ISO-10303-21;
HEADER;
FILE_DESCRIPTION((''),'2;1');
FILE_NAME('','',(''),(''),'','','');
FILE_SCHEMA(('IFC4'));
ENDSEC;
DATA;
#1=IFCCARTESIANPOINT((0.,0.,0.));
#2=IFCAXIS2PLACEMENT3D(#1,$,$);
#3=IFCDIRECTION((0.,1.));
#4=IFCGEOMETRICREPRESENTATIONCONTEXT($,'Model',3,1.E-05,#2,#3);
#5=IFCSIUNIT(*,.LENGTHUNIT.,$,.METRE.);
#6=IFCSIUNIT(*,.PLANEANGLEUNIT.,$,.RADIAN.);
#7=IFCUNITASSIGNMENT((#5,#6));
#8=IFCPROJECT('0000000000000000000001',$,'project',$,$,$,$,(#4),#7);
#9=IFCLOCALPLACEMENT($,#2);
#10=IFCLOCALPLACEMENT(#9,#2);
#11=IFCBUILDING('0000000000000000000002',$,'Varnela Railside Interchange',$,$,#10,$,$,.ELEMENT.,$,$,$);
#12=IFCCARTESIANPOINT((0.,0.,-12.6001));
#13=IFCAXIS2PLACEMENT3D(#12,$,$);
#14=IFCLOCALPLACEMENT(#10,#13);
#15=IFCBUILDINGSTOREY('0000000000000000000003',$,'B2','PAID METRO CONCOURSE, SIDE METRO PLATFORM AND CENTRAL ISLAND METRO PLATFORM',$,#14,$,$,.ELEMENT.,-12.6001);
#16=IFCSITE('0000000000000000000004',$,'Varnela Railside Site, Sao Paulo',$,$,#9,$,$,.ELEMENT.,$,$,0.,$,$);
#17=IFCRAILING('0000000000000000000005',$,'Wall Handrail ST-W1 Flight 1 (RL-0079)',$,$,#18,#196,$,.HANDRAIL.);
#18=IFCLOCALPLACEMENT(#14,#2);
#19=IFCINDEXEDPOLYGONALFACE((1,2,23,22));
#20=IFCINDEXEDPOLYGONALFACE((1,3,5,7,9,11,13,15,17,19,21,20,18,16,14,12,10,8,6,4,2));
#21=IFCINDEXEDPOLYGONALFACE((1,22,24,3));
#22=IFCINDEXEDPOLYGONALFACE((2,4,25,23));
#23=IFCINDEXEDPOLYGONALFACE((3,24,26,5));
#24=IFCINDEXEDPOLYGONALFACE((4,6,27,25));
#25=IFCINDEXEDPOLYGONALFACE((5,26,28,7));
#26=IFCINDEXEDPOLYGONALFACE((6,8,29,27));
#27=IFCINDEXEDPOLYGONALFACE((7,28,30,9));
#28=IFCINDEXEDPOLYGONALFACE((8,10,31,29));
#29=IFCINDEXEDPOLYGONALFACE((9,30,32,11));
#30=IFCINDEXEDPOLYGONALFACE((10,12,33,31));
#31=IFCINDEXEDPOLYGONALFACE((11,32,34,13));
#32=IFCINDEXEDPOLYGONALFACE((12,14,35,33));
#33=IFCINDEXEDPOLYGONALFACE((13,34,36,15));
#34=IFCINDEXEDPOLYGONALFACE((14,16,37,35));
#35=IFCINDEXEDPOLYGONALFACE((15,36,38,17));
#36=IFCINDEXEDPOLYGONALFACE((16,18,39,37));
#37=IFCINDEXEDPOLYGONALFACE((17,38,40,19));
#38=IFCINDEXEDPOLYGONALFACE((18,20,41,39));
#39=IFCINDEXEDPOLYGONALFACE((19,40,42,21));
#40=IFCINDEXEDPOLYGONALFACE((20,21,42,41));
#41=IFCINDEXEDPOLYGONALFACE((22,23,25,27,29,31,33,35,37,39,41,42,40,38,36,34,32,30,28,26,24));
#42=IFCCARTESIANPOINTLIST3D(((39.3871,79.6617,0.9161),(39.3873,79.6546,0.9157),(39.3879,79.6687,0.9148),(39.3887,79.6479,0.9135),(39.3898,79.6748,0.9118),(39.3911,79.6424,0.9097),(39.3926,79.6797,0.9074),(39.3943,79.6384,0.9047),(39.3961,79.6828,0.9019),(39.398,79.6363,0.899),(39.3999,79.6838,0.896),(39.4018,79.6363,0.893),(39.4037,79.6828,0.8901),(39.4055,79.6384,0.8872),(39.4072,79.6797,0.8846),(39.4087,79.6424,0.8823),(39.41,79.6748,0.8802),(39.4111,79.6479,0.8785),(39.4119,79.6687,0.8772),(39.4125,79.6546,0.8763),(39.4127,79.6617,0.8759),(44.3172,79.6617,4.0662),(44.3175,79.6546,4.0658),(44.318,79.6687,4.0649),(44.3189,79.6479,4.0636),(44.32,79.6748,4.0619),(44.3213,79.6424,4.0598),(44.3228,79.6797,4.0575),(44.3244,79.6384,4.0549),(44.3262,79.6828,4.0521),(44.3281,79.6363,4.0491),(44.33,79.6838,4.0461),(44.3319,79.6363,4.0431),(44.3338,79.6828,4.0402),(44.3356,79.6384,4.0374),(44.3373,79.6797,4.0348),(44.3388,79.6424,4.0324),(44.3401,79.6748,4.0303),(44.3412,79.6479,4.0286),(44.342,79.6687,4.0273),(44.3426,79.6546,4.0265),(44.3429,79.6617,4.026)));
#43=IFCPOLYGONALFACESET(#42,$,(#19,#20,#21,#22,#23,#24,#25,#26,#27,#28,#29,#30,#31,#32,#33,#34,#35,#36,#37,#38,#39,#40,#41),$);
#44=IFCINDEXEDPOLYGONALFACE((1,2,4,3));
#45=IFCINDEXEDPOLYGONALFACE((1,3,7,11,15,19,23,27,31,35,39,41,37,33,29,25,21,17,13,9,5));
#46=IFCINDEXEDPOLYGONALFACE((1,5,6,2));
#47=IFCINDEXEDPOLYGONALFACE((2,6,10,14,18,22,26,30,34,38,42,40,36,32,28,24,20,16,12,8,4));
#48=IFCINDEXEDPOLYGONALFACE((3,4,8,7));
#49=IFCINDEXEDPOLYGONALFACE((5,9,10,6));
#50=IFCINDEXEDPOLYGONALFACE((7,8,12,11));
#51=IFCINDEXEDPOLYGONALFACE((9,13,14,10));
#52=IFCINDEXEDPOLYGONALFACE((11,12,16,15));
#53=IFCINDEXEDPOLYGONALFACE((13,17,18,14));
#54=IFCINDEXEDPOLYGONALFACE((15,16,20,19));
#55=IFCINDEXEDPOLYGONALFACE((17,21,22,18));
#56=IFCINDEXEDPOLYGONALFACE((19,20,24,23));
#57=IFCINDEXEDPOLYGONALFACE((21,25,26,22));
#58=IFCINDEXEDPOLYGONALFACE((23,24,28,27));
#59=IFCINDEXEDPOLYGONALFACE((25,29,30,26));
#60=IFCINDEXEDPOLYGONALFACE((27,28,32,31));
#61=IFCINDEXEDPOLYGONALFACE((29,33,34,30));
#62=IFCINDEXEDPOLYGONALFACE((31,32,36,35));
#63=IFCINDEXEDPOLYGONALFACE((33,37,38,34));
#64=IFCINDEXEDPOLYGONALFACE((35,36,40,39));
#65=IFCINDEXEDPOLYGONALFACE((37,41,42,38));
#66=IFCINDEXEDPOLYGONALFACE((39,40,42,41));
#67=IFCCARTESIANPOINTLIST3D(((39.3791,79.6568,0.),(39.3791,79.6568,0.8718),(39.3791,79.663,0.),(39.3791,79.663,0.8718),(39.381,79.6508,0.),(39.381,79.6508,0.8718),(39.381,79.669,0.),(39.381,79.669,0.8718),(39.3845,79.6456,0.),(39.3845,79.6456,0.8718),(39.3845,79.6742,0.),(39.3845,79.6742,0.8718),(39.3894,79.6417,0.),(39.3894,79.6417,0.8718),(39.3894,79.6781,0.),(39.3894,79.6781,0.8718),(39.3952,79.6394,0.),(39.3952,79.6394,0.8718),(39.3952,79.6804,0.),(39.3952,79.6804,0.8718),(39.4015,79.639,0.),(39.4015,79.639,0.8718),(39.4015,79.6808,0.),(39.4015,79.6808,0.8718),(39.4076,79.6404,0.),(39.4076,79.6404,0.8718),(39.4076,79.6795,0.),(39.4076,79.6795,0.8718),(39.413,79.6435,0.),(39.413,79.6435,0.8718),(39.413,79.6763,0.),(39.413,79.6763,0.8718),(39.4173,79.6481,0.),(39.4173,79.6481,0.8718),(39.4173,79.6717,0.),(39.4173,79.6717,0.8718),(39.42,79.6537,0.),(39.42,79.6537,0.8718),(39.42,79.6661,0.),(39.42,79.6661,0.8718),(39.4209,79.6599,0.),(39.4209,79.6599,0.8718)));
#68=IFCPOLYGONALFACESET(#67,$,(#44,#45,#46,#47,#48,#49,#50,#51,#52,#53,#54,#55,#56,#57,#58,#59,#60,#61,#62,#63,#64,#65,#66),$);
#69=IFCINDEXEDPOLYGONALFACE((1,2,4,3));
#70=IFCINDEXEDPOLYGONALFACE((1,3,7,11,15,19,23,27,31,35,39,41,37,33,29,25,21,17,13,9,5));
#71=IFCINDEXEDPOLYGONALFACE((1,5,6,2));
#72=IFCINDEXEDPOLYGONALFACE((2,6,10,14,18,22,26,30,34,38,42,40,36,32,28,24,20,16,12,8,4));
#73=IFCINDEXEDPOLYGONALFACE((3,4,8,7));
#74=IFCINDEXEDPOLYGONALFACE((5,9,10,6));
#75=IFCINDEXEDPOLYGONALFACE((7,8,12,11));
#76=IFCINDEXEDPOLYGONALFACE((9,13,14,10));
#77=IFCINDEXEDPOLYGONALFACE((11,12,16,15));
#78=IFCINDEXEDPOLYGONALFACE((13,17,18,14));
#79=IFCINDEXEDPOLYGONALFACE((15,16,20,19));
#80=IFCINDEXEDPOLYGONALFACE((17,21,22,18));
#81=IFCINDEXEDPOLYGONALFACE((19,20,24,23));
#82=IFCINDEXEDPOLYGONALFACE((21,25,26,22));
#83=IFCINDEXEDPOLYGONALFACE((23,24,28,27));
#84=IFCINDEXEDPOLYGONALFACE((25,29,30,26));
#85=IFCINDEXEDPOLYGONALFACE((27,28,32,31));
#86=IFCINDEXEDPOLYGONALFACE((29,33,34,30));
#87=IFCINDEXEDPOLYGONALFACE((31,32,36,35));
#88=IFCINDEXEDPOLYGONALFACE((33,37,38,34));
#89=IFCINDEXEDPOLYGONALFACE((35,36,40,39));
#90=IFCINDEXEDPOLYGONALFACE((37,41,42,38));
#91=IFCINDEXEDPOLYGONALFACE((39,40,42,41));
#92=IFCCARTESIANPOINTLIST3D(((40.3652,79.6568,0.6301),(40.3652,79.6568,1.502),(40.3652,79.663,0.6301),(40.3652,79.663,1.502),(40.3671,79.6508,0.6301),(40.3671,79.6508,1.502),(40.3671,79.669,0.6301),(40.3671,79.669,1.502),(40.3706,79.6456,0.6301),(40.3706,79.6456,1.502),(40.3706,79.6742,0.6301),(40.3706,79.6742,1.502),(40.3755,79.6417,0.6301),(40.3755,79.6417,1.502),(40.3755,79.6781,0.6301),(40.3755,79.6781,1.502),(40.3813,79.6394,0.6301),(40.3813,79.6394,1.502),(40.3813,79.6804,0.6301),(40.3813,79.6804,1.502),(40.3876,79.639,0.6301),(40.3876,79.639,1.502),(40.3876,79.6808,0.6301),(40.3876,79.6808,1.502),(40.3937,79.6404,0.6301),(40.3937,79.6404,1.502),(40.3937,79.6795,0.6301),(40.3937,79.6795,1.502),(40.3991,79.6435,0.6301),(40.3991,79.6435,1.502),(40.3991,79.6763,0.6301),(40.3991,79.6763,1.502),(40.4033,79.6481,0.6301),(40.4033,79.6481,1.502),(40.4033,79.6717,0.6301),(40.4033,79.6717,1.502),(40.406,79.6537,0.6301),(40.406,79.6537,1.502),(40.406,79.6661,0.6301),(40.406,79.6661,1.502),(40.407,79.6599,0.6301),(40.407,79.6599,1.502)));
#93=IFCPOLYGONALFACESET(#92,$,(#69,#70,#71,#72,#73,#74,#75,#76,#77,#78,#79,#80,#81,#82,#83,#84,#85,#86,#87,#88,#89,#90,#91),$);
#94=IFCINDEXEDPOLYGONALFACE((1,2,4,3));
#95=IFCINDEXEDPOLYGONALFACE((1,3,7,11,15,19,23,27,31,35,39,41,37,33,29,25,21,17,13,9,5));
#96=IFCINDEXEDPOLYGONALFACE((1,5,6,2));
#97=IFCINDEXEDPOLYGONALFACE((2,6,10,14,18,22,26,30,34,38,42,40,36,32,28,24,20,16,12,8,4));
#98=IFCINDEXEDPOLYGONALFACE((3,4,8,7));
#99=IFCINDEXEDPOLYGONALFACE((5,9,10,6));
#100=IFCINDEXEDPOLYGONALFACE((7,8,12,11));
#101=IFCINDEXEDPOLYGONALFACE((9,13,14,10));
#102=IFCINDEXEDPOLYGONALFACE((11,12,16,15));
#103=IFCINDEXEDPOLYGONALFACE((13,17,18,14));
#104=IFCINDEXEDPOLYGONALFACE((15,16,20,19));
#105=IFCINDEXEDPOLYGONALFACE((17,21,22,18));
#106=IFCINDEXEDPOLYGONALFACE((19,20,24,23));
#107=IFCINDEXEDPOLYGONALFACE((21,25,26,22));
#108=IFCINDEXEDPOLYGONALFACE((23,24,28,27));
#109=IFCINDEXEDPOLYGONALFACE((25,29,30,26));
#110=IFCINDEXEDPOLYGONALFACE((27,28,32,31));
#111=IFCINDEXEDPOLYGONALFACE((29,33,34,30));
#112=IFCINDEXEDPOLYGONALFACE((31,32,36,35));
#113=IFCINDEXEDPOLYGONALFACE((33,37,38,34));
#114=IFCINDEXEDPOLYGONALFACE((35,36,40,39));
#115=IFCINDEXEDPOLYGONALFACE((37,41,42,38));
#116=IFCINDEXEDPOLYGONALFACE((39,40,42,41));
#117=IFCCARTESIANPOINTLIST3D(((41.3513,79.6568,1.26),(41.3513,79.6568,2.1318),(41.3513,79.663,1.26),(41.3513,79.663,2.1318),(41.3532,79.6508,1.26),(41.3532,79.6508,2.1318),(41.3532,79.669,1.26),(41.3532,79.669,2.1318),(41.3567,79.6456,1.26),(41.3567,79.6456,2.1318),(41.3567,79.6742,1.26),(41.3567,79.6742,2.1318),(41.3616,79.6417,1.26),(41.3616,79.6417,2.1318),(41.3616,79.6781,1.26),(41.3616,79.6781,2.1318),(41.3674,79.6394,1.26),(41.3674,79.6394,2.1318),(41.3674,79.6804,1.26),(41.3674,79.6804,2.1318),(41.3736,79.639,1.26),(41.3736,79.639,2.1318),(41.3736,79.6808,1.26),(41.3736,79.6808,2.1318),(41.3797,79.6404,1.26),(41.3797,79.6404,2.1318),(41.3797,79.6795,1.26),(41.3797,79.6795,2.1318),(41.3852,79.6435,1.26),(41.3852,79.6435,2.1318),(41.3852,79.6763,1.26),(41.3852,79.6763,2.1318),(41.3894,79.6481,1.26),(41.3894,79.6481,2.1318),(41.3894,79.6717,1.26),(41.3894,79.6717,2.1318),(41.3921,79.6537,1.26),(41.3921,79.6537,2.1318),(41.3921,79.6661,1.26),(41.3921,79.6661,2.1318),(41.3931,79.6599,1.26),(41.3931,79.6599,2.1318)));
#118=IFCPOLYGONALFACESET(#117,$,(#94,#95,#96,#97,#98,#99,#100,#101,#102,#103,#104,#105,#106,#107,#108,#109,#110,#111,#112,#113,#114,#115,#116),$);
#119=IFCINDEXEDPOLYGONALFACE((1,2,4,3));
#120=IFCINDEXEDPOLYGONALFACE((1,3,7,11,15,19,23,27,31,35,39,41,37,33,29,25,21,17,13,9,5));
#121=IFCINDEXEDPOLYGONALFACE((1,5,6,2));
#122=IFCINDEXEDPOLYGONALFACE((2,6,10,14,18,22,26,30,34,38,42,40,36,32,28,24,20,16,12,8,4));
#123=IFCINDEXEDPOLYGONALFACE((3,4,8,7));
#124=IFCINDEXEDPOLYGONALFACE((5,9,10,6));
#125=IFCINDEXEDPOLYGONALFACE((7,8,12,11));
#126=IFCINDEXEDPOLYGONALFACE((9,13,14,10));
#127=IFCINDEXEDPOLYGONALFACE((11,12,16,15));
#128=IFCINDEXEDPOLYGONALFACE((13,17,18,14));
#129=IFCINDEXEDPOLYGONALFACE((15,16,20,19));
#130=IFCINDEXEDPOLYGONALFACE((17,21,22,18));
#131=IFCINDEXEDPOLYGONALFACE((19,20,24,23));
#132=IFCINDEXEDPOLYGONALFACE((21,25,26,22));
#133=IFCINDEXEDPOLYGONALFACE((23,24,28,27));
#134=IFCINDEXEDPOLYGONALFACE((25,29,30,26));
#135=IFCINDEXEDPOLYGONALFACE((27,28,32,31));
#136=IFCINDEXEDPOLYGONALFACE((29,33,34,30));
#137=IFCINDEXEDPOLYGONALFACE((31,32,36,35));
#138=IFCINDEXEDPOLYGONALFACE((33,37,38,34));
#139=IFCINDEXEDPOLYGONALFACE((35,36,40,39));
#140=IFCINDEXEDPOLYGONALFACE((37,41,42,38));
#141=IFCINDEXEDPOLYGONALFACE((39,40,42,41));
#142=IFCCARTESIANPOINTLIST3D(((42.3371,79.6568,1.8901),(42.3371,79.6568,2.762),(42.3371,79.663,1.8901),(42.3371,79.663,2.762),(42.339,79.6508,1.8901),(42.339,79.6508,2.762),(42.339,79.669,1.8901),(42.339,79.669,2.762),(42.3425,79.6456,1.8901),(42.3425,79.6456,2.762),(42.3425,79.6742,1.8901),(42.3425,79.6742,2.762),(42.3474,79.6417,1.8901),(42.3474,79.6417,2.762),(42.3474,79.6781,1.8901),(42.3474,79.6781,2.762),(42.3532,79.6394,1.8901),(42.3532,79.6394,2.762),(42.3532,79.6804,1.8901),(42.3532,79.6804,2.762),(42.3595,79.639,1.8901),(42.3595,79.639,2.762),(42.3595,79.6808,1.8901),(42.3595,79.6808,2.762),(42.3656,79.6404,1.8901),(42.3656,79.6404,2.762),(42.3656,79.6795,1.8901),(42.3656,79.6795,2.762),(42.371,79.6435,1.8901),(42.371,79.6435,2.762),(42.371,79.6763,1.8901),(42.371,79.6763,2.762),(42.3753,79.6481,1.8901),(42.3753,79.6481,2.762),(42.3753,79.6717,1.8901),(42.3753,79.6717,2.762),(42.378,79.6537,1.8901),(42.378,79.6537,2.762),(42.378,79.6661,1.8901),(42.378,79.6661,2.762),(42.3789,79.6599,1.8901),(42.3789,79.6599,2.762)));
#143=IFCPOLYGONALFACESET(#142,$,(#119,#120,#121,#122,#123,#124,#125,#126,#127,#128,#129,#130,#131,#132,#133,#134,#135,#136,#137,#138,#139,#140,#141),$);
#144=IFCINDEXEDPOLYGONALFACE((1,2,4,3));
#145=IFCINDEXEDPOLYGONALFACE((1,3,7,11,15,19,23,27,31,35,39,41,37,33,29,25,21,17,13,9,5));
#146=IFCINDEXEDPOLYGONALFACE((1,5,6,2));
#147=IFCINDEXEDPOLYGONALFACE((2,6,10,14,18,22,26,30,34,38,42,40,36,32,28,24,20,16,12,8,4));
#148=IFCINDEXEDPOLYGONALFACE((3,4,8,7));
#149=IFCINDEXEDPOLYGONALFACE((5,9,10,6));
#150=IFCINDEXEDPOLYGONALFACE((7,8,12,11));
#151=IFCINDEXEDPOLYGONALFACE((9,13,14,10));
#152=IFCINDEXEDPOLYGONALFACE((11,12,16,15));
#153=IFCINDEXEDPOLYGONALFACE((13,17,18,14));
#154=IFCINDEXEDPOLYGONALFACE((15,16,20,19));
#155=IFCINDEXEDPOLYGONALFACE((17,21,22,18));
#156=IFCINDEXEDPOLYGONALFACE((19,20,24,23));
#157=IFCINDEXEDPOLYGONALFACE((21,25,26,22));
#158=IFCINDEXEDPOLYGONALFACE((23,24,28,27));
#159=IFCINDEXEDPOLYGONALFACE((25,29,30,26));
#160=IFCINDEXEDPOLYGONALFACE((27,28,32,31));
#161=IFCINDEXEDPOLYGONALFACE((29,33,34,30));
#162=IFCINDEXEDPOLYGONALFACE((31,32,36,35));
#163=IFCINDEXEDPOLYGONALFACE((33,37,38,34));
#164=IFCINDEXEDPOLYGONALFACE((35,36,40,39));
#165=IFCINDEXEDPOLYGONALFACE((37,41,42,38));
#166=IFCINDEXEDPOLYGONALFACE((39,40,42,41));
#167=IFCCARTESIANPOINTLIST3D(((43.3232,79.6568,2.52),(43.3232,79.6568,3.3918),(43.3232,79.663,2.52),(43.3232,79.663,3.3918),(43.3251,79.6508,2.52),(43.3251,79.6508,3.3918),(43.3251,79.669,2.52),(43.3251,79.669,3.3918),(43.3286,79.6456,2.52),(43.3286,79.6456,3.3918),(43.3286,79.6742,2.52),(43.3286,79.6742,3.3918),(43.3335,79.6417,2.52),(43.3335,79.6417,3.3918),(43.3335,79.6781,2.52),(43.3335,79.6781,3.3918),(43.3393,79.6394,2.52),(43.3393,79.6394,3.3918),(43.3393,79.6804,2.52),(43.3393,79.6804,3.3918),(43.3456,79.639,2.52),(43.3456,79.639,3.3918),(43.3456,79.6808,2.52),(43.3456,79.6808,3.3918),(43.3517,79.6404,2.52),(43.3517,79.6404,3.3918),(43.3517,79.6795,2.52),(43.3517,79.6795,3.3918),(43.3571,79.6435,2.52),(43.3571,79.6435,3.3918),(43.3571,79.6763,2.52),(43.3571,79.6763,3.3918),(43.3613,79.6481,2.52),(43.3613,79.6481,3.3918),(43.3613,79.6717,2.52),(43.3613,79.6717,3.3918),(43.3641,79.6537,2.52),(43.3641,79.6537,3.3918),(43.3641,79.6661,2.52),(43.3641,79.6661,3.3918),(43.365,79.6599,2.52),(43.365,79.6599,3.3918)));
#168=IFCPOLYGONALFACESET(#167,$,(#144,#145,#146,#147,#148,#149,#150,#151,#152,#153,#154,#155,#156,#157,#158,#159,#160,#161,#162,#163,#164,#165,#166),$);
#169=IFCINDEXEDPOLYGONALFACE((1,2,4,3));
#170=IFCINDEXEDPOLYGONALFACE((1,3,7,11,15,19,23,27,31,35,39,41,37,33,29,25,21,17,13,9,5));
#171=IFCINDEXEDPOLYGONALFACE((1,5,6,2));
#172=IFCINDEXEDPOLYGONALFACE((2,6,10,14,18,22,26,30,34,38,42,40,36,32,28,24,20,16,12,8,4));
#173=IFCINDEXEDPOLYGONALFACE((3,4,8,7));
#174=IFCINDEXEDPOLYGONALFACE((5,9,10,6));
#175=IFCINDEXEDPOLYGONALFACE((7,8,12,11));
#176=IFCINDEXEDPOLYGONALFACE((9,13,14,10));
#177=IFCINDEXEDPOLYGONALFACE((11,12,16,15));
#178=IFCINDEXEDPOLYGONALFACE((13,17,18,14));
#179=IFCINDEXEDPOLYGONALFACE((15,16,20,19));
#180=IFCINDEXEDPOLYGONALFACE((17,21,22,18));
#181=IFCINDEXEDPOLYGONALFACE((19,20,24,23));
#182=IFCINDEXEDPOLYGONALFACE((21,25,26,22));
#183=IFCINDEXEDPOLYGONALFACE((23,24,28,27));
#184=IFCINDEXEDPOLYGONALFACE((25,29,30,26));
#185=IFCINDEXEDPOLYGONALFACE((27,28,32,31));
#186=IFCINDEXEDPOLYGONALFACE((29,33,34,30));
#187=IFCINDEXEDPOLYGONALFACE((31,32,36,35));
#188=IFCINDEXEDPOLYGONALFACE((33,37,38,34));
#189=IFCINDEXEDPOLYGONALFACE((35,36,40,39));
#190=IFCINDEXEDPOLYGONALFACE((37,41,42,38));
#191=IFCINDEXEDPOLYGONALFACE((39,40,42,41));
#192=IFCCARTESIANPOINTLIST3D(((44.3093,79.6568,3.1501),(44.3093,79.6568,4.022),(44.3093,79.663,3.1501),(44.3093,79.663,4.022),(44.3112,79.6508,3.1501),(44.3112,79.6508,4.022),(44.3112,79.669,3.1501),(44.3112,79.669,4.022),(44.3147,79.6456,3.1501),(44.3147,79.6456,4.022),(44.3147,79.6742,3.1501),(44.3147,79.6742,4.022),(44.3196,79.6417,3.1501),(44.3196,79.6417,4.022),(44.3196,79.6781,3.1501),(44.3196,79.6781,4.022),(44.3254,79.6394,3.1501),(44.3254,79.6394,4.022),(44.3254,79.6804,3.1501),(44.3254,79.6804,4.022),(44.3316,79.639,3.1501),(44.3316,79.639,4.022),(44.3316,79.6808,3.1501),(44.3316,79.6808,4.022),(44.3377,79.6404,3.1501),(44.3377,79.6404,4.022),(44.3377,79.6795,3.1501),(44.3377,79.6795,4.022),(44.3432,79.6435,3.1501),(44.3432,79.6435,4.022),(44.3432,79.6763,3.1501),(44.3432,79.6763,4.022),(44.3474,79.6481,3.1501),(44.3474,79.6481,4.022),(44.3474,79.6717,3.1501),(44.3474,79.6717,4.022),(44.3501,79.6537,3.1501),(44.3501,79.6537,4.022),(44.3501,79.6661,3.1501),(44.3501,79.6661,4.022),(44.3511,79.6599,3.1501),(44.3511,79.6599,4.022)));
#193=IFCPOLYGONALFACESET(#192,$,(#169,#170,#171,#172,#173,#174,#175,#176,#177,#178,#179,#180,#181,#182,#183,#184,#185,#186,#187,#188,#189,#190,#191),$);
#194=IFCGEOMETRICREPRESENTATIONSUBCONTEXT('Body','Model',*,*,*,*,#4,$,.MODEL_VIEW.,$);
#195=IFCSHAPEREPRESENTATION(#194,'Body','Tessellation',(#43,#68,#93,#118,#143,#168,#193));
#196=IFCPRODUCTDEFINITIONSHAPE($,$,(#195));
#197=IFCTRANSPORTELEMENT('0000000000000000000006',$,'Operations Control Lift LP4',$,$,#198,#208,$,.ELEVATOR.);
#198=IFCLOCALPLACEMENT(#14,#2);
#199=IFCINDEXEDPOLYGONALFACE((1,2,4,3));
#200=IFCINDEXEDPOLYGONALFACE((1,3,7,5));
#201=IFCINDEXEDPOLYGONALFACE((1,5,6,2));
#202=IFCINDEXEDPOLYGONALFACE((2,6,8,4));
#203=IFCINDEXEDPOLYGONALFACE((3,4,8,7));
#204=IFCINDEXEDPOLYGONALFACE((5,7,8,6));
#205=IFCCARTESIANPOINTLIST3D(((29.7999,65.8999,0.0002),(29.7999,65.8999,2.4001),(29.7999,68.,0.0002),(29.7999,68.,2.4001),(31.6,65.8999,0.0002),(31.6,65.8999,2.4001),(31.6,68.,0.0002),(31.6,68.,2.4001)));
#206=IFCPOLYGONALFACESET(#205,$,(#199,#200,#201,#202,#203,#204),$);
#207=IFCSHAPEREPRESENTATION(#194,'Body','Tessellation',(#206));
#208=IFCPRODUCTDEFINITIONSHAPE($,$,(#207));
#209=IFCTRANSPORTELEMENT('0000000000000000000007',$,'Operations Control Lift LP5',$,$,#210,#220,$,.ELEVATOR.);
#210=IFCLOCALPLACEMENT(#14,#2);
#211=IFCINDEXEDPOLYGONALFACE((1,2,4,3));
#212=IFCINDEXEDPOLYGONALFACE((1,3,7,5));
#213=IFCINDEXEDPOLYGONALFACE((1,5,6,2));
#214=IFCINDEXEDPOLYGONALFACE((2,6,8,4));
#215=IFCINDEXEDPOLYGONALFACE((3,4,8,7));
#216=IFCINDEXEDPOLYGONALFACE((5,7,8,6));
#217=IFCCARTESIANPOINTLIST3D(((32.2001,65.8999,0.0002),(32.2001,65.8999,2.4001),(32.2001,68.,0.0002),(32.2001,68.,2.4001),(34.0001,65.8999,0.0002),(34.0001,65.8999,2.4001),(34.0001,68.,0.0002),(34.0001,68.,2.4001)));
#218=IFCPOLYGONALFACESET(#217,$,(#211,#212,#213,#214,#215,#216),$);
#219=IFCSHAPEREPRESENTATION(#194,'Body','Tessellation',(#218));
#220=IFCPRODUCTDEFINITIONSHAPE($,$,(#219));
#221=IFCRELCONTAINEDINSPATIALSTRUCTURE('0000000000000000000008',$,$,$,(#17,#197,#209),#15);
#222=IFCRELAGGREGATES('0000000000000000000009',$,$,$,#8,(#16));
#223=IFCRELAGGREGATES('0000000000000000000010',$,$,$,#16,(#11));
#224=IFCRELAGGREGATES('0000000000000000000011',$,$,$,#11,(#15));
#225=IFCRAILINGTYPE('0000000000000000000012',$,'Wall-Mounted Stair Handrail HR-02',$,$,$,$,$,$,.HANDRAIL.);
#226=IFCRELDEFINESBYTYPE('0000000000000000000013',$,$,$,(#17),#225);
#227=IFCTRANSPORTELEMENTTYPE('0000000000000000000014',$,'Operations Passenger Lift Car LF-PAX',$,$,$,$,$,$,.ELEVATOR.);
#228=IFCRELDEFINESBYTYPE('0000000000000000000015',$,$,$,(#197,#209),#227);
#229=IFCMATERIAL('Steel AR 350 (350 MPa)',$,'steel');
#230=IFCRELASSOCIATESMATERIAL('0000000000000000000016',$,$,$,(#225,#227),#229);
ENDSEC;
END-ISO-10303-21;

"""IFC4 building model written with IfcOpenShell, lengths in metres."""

from ifc_helpers import new_model, si_unit, direction, frame, origin, origin_2d, place, context, subcontext, project, spatial, rectangle, circle, extrude, material, type_object, element, save


model = new_model("IFC4")

# Units and contexts
model_context = context("Model", 3, precision=1e-05, world=origin(), true_north=direction((0.0, 1.0)))
body_context = subcontext(model_context, "Body", "Model", "MODEL_VIEW")
ifc_project = project(units=[si_unit("LENGTHUNIT", "METRE"), si_unit("PLANEANGLEUNIT", "RADIAN")], contexts=[model_context])

# Site, building, storey
site_placement = place(None, origin())
site = spatial("IfcSite", under=ifc_project, at=site_placement, Name="Varnela Railside Site, Sao Paulo", CompositionType="ELEMENT", RefElevation=0.0)
building_placement = place(site_placement, origin())
building = spatial("IfcBuilding", under=site, at=building_placement, Name="Varnela Railside Interchange", CompositionType="ELEMENT")
storey_placement = place(building_placement, frame((0.0, 0.0, -12.6001)))
storey = spatial("IfcBuildingStorey", under=building, at=storey_placement, Name="B2", Description="PAID METRO CONCOURSE, SIDE METRO PLATFORM AND CENTRAL ISLAND METRO PLATFORM", CompositionType="ELEMENT", Elevation=-12.6001)

# Shared definitions
ifc_material_1 = material(Name="Steel AR 350 (350 MPa)", Category="steel")

# Railing
railing_type = type_object("IfcRailingType", Name="Wall-Mounted Stair Handrail HR-02", PredefinedType="HANDRAIL", material=ifc_material_1)
railing_placement = place(storey_placement, frame((39.3999, 79.6599, 0.0)))
element("IfcRailing", 1, at=railing_placement, inside=storey, type_object=railing_type, Name="Wall Handrail ST-W1 Flight 1 (RL-0079)", PredefinedType="HANDRAIL", context=body_context, shape_type="SweptSolid", body=[
    extrude(circle(Radius=0.0239, at=origin_2d()), frame((0.0, 0.0, 0.896), z_axis=(0.842672, 0.0, 0.538427), x_axis=(0.0, 1.0, 0.0)), (0.0, 0.0, 1.0), 5.8506),
    extrude(circle(Radius=0.021, at=origin_2d()), origin(), (0.0, 0.0, 1.0), 0.8718),
    extrude(circle(Radius=0.021, at=origin_2d()), frame((0.9861, 0.0, 0.6301)), (0.0, 0.0, 1.0), 0.8718),
    extrude(circle(Radius=0.021, at=origin_2d()), frame((1.9722, 0.0, 1.26)), (0.0, 0.0, 1.0), 0.8718),
    extrude(circle(Radius=0.021, at=origin_2d()), frame((2.958, 0.0, 1.8901)), (0.0, 0.0, 1.0), 0.8718),
    extrude(circle(Radius=0.021, at=origin_2d()), frame((3.9441, 0.0, 2.52)), (0.0, 0.0, 1.0), 0.8718),
    extrude(circle(Radius=0.021, at=origin_2d()), frame((4.9302, 0.0, 3.1501)), (0.0, 0.0, 1.0), 0.8718),
])

# Transport elements
transport_element_type = type_object("IfcTransportElementType", Name="Operations Passenger Lift Car LF-PAX", PredefinedType="ELEVATOR", material=ifc_material_1)
for number, where, z_axis, x_axis, name in (
    (2, (30.7, 66.95, 0.0002), (0.0, 0.0, 1.0), (1.0, 0.0, 0.0), "Operations Control Lift LP4"),
    (3, (33.1001, 66.95, 0.0002), (0.0, 0.0, 1.0), (1.0, 0.0, 0.0), "Operations Control Lift LP5"),
):
    element("IfcTransportElement", number, at=place(storey_placement, frame(where, z_axis=z_axis, x_axis=x_axis)), inside=storey, type_object=transport_element_type, Name=name, PredefinedType="ELEVATOR", context=body_context, shape_type="SweptSolid", body=[
        extrude(rectangle(XDim=1.8, YDim=2.1001, at=origin_2d()), origin(), (0.0, 0.0, 1.0), 2.3999),
    ])

save(model, "model.ifc")
